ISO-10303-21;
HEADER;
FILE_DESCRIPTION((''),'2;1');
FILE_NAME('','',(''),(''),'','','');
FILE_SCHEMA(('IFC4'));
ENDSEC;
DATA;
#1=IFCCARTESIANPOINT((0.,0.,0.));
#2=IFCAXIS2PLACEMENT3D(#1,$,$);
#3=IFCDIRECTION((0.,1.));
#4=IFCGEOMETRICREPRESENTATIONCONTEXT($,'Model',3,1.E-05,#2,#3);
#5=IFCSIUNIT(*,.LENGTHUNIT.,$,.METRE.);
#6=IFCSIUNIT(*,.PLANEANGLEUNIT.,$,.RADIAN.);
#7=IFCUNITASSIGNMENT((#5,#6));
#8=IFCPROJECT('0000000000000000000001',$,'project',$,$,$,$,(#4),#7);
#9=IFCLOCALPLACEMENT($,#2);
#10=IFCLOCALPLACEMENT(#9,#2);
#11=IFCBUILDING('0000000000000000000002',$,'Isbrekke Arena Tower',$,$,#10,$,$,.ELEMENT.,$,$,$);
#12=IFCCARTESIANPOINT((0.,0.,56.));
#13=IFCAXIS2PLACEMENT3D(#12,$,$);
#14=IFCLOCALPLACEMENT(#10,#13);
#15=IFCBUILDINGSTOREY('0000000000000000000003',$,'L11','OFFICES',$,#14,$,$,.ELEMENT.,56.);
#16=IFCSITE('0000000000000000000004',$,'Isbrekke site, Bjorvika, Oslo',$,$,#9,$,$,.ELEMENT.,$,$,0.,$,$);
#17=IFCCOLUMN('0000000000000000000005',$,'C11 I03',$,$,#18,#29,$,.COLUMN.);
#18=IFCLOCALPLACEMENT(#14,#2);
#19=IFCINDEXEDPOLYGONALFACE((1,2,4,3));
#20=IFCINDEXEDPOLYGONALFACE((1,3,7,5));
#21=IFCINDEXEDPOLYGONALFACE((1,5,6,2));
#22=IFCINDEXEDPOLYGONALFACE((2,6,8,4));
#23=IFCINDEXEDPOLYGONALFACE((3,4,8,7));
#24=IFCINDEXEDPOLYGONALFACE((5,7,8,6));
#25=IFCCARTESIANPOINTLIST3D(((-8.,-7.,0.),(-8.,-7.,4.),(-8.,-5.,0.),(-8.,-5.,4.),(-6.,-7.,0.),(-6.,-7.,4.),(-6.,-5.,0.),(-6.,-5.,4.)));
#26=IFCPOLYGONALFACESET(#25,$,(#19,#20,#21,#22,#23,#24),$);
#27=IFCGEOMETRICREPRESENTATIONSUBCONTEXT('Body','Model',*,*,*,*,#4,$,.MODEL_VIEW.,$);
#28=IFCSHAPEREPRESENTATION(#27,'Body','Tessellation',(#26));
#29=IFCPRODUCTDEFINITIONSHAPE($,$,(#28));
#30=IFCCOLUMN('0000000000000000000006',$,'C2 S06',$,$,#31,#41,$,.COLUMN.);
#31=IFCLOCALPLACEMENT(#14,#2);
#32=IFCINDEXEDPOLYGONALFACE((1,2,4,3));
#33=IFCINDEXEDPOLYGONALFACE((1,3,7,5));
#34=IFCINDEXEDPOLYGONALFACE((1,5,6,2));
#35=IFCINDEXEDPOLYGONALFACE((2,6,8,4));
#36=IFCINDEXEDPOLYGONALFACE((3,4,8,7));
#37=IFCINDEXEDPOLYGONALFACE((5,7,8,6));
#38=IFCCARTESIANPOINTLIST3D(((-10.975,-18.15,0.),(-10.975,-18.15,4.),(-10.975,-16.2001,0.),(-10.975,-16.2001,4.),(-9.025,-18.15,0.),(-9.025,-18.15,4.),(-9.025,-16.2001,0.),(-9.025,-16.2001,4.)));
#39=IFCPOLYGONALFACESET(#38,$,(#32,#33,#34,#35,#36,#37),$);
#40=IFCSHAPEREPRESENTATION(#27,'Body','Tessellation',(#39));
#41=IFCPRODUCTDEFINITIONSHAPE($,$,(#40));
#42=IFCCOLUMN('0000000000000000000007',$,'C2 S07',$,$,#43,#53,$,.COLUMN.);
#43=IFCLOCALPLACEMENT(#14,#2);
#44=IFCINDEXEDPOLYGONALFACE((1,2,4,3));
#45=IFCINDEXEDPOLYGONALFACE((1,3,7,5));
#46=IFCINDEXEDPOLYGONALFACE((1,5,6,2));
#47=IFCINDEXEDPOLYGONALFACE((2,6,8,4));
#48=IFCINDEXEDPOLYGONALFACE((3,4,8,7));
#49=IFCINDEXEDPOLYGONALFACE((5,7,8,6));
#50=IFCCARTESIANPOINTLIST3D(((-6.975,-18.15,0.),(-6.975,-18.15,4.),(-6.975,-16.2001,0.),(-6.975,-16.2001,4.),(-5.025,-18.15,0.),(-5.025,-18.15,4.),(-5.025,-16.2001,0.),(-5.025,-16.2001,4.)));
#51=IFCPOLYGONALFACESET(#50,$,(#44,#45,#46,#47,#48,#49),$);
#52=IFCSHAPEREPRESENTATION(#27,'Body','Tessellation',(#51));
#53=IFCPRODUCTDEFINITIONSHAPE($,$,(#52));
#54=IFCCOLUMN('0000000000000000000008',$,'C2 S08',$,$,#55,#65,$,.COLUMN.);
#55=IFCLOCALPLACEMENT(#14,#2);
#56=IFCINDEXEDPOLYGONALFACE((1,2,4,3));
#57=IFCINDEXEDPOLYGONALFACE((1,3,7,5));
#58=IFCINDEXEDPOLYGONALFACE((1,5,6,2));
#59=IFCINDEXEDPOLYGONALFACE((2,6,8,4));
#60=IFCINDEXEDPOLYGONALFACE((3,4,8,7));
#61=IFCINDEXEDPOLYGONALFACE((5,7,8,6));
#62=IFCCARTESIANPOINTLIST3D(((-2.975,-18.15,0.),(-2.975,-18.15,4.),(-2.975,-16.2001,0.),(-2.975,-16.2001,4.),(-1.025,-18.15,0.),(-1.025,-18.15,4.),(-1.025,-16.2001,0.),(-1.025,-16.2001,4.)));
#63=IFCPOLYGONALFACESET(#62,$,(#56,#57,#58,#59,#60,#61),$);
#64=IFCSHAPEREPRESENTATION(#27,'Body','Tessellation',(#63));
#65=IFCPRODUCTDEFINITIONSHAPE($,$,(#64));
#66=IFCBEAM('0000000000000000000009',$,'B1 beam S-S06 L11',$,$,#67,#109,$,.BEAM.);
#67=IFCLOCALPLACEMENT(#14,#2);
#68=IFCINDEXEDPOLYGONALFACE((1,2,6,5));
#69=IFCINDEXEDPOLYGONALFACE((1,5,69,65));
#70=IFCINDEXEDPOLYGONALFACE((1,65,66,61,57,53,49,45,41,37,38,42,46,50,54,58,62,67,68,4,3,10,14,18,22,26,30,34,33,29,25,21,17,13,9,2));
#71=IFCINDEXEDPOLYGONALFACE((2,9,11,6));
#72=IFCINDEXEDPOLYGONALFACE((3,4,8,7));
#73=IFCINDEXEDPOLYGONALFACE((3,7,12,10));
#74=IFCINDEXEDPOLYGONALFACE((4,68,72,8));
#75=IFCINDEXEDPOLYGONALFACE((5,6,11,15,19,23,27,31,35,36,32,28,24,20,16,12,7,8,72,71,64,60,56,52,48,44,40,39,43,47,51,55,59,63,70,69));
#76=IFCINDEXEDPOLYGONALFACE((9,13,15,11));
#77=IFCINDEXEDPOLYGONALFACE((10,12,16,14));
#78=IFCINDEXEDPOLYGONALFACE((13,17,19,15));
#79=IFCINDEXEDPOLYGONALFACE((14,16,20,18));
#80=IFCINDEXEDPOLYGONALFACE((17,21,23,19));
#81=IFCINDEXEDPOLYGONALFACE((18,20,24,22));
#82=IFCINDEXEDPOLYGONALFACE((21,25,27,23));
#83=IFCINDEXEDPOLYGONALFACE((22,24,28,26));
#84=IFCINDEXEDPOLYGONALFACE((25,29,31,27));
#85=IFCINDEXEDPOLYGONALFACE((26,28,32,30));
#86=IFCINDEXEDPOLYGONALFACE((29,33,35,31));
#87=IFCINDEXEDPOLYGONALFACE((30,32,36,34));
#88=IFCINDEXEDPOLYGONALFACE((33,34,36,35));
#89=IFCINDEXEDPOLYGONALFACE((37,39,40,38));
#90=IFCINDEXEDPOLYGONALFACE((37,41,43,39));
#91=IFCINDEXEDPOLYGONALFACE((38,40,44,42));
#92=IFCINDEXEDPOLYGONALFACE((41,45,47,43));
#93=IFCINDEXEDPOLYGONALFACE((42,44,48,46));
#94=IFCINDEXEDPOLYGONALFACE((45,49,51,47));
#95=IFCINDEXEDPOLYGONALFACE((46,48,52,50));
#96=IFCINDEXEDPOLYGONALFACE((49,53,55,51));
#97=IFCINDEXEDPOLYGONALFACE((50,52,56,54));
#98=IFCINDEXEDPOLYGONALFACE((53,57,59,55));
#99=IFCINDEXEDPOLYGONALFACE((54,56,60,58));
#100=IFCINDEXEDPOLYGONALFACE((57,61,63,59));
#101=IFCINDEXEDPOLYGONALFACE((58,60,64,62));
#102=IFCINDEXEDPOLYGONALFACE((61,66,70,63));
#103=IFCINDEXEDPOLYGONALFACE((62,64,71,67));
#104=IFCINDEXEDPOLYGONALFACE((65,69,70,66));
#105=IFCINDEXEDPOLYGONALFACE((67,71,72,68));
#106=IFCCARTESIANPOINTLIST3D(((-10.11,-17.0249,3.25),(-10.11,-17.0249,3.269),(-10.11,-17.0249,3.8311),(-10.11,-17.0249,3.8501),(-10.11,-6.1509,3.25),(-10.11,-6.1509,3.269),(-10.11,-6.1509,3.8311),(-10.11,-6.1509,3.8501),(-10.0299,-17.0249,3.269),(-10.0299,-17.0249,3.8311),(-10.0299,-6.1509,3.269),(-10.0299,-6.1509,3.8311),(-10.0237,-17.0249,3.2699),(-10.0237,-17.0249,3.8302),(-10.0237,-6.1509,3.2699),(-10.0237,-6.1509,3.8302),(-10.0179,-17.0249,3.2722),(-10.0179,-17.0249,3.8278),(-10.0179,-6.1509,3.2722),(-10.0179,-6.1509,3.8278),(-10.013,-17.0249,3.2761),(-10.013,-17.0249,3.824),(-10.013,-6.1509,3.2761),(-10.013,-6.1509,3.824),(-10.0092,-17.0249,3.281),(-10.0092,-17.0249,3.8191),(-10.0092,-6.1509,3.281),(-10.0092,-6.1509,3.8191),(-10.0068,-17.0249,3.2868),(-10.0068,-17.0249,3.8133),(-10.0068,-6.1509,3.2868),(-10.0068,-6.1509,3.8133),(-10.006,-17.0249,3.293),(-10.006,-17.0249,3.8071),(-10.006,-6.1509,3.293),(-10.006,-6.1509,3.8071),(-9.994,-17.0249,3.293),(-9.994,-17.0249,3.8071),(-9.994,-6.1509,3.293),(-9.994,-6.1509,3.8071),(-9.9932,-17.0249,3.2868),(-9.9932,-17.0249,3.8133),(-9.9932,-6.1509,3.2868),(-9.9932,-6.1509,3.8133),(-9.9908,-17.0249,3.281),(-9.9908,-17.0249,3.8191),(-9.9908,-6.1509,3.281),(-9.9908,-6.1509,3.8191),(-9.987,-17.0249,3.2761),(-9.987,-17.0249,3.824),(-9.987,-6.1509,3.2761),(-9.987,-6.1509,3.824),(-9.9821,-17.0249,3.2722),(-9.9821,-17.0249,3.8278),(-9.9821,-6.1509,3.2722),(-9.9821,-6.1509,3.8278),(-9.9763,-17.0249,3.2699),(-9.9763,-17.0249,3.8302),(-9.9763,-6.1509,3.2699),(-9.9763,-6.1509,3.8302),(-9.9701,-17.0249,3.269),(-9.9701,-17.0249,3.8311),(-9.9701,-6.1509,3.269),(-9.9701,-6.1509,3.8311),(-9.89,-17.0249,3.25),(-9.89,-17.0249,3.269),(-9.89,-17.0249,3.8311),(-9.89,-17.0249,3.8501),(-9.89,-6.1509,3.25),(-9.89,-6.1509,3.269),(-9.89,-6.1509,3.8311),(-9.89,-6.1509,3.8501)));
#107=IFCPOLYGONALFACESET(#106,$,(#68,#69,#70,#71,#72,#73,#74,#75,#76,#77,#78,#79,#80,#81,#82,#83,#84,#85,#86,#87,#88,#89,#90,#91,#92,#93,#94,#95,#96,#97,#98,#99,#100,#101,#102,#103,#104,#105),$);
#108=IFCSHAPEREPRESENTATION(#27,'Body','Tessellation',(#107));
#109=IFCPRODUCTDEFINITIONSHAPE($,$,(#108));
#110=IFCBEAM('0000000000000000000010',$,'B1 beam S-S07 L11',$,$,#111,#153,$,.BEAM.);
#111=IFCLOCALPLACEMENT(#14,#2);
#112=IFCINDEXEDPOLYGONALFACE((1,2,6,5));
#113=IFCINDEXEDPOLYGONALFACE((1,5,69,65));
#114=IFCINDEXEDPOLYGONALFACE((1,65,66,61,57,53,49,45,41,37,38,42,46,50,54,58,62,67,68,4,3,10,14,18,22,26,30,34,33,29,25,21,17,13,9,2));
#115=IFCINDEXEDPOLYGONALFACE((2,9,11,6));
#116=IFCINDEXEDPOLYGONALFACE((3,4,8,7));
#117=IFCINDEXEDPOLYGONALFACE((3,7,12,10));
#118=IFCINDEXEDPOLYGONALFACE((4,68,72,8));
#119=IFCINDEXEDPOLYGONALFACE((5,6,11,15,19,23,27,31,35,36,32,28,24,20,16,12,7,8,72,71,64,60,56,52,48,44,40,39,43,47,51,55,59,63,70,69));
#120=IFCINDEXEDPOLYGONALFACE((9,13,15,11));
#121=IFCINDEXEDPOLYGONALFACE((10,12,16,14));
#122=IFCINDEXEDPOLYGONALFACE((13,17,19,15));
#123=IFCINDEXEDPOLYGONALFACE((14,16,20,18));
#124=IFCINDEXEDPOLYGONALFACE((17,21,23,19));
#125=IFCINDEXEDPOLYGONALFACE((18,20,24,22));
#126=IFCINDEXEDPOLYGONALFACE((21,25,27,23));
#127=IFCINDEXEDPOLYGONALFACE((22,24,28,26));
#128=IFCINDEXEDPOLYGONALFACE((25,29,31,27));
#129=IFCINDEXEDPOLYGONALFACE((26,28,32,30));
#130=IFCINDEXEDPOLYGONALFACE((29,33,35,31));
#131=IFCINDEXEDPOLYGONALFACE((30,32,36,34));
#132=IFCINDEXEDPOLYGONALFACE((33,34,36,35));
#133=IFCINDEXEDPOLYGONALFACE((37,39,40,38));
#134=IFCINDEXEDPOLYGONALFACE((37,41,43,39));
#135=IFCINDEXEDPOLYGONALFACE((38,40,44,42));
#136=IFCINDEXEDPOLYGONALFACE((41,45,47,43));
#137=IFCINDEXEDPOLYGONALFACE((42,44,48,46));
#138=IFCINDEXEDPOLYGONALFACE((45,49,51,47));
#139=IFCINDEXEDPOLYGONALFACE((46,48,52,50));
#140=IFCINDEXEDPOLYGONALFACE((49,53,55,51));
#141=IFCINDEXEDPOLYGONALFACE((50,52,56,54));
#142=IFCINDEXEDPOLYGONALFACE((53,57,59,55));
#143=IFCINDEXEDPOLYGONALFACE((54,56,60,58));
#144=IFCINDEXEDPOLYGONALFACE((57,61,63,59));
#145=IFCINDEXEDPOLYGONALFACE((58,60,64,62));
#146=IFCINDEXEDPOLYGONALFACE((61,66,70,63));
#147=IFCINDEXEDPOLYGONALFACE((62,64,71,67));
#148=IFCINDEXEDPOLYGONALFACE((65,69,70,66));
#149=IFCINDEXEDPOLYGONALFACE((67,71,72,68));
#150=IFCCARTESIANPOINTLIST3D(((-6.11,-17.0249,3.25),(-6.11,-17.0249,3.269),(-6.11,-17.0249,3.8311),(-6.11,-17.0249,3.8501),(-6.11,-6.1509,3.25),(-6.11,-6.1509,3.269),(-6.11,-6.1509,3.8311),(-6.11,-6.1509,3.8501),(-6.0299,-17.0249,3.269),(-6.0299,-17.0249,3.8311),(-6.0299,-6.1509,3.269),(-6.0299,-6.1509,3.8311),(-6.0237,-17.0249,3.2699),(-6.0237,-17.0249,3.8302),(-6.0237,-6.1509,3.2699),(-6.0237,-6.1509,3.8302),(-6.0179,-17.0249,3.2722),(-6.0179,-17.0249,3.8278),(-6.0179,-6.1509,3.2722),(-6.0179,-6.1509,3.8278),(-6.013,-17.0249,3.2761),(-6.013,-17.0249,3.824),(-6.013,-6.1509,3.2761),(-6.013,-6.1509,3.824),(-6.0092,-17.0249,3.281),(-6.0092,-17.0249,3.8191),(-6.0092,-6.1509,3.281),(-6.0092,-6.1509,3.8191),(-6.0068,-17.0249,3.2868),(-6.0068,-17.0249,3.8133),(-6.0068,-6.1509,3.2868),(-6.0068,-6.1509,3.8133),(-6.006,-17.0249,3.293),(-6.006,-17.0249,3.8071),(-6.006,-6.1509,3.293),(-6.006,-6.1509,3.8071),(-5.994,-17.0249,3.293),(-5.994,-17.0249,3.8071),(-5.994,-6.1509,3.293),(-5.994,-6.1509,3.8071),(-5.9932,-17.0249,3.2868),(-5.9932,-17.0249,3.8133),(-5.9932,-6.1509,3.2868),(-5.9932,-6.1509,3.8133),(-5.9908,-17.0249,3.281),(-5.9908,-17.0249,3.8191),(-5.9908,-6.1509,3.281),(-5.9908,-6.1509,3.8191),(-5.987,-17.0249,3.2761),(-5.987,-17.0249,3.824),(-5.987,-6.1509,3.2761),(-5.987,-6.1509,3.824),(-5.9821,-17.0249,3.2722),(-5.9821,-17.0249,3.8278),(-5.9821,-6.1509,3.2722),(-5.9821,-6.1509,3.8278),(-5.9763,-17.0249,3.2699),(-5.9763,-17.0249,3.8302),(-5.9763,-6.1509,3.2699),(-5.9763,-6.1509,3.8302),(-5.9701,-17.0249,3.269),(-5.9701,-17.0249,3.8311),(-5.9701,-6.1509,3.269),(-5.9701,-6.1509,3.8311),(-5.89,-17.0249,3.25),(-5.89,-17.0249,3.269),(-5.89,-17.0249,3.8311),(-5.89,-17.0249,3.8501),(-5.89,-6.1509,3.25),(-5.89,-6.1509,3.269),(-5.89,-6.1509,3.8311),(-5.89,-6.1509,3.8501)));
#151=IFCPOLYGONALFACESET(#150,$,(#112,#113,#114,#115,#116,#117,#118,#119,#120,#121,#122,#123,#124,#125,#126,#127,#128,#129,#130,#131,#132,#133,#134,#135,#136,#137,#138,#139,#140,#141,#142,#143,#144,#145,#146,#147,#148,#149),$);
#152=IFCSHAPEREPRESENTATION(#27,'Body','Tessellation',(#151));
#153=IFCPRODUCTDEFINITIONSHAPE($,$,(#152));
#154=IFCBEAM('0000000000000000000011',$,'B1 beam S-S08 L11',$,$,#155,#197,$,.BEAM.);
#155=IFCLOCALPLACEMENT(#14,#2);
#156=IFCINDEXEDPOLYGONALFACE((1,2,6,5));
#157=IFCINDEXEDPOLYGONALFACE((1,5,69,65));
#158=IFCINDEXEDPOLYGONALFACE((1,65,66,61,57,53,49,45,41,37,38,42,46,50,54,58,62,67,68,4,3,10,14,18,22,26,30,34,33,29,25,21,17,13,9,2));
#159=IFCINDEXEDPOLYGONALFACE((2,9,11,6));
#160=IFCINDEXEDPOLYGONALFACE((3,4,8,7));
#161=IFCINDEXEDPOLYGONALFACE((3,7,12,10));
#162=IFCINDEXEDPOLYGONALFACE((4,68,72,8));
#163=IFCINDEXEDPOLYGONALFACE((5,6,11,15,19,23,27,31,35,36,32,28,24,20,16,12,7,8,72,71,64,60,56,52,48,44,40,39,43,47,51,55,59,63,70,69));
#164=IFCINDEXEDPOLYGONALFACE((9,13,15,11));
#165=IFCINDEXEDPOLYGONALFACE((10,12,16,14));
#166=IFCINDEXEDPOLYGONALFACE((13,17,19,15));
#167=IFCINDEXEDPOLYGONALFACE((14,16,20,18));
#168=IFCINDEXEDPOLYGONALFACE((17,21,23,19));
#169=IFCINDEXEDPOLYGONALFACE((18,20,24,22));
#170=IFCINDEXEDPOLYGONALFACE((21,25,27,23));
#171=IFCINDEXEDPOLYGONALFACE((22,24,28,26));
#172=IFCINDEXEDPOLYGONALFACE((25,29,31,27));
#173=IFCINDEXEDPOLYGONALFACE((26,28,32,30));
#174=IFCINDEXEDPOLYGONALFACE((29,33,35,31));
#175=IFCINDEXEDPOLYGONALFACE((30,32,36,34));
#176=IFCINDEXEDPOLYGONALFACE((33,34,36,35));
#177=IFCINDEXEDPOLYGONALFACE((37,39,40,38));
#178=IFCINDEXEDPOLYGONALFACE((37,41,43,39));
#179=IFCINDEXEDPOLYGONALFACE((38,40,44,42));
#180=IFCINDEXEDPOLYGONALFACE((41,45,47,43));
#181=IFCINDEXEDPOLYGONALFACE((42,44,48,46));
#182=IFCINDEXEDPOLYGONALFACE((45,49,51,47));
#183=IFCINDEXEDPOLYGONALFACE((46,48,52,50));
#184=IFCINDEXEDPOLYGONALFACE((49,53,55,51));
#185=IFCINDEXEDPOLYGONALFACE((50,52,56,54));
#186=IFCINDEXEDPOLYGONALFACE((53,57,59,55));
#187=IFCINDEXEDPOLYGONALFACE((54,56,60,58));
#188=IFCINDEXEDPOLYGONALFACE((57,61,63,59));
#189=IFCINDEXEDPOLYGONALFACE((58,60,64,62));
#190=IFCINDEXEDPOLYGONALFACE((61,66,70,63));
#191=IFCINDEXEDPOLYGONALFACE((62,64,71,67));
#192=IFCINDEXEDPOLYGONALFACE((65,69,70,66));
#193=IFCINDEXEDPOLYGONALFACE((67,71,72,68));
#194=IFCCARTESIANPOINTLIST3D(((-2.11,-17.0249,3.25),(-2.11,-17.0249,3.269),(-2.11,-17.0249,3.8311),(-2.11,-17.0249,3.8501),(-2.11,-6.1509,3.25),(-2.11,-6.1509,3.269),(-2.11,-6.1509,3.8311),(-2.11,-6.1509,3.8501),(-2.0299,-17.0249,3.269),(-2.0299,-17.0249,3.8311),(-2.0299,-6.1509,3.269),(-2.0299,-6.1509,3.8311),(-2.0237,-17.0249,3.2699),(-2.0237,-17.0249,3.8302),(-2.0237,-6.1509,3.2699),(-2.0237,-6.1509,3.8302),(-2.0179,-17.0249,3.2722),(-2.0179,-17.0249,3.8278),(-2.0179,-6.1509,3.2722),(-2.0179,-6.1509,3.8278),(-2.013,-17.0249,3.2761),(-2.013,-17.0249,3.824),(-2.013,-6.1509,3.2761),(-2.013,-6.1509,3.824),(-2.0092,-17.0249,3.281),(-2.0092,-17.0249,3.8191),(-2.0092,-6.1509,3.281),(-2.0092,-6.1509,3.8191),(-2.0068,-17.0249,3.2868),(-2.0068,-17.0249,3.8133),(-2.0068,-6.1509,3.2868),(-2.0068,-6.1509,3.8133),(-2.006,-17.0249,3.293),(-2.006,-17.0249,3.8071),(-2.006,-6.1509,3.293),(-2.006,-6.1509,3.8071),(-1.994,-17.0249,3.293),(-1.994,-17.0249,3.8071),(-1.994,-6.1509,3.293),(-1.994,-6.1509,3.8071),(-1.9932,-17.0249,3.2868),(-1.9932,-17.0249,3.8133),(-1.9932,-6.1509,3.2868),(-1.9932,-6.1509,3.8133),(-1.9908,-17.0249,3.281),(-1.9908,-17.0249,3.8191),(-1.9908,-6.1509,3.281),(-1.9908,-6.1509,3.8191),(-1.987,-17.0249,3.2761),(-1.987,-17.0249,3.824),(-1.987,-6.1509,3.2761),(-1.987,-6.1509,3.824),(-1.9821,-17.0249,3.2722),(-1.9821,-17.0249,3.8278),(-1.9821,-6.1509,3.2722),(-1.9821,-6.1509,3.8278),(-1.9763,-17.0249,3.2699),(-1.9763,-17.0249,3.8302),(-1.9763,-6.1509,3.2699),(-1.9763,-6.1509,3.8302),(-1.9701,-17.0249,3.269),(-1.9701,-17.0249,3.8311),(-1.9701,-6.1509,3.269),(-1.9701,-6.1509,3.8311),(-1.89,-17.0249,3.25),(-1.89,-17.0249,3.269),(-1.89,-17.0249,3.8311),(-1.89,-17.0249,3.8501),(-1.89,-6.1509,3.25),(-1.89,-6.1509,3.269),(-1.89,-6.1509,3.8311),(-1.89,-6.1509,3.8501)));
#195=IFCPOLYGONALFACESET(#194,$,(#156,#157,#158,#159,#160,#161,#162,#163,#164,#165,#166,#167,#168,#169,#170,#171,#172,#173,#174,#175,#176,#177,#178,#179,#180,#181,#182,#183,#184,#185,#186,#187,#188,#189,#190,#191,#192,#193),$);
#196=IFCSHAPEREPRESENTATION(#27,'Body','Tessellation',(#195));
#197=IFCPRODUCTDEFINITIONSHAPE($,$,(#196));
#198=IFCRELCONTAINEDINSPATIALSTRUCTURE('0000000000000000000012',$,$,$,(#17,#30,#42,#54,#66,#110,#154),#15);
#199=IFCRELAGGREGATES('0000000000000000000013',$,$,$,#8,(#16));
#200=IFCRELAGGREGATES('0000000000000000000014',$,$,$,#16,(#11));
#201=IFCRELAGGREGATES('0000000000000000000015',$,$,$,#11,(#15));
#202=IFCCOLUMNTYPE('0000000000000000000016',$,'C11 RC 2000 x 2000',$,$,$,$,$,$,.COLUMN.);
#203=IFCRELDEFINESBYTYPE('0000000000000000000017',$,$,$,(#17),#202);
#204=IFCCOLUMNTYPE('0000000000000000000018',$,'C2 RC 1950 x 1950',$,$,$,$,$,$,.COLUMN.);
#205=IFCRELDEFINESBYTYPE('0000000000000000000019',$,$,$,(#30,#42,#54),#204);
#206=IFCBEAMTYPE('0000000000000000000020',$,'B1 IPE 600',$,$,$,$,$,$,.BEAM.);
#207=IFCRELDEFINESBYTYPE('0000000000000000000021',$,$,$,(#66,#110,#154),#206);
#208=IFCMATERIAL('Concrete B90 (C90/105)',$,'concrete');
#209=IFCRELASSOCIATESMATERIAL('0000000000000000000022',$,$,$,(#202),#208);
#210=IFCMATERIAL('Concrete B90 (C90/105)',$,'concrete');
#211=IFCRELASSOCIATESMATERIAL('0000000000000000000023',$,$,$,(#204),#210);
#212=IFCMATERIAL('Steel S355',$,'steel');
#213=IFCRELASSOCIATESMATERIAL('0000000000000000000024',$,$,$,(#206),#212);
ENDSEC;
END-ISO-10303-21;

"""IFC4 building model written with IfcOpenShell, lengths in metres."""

from ifc_helpers import new_model, si_unit, direction, frame, origin, origin_2d, place, context, subcontext, project, spatial, rectangle, i_section, extrude, material, material_profile, profile_set, type_object, element, save


model = new_model("IFC4")

# Units and contexts
model_context = context("Model", 3, precision=1e-05, world=origin(), true_north=direction((0.0, 1.0)))
body_context = subcontext(model_context, "Body", "Model", "MODEL_VIEW")
ifc_project = project(units=[si_unit("LENGTHUNIT", "METRE"), si_unit("PLANEANGLEUNIT", "RADIAN")], contexts=[model_context])

# Site, building, storey
site_placement = place(None, origin())
site = spatial("IfcSite", under=ifc_project, at=site_placement, Name="Isbrekke site, Bjorvika, Oslo", CompositionType="ELEMENT", RefElevation=0.0)
building_placement = place(site_placement, origin())
building = spatial("IfcBuilding", under=site, at=building_placement, Name="Isbrekke Arena Tower", CompositionType="ELEMENT")
storey_placement = place(building_placement, frame((0.0, 0.0, 56.0)))
storey = spatial("IfcBuildingStorey", under=building, at=storey_placement, Name="L11", Description="OFFICES", CompositionType="ELEMENT", Elevation=56.0)

# Columns
ifc_material_1 = material(Name="Concrete B90 (C90/105)", Category="concrete")
ifc_material_profile_1 = material_profile(ifc_material_1, rectangle(XDim=2.0, YDim=2.0, at=origin_2d()), Name="RC 2000x2000")
ifc_profile_set_1 = profile_set([ifc_material_profile_1], Name="Concrete B90 (C90/105)")
column_type_1 = type_object("IfcColumnType", Name="C11 RC 2000 x 2000", PredefinedType="COLUMN", material=ifc_profile_set_1)
column_placement = place(storey_placement, frame((-7.0, -6.0, 0.0), z_axis=(0.0, 0.0, 1.0), x_axis=(1.0, 0.0, 0.0)))
element("IfcColumn", 1, at=column_placement, inside=storey, type_object=column_type_1, Name="C11 I03", PredefinedType="COLUMN", context=body_context, shape_type="SweptSolid", body=[
    extrude(rectangle(XDim=2.0, YDim=2.0, at=origin_2d()), origin(), (0.0, 0.0, 1.0), 4.0),
])
ifc_material_2 = material(Name="Concrete B90 (C90/105)", Category="concrete")
ifc_material_profile_2 = material_profile(ifc_material_2, rectangle(XDim=1.95, YDim=1.95, at=origin_2d()), Name="RC 1950x1950")
ifc_profile_set_2 = profile_set([ifc_material_profile_2], Name="Concrete B90 (C90/105)")
column_type_2 = type_object("IfcColumnType", Name="C2 RC 1950 x 1950", PredefinedType="COLUMN", material=ifc_profile_set_2)
for number, where, z_axis, x_axis, name in (
    (2, (-10.0, -17.175, 0.0), (0.0, 0.0, 1.0), (1.0, 0.0, 0.0), "C2 S06"),
    (3, (-6.0, -17.175, 0.0), (0.0, 0.0, 1.0), (1.0, 0.0, 0.0), "C2 S07"),
    (4, (-2.0, -17.175, 0.0), (0.0, 0.0, 1.0), (1.0, 0.0, 0.0), "C2 S08"),
):
    element("IfcColumn", number, at=place(storey_placement, frame(where, z_axis=z_axis, x_axis=x_axis)), inside=storey, type_object=column_type_2, Name=name, PredefinedType="COLUMN", context=body_context, shape_type="SweptSolid", body=[
        extrude(rectangle(XDim=1.95, YDim=1.95, at=origin_2d()), origin(), (0.0, 0.0, 1.0), 4.0),
    ])

# Beams
ifc_material_3 = material(Name="Steel S355", Category="steel")
ifc_material_profile_3 = material_profile(ifc_material_3, i_section(OverallWidth=0.22, OverallDepth=0.6001, WebThickness=0.012, FlangeThickness=0.019, FilletRadius=0.0239, at=origin_2d()), Name="IPE 600")
ifc_profile_set_3 = profile_set([ifc_material_profile_3], Name="Steel S355")
beam_type_1 = type_object("IfcBeamType", Name="B1 IPE 600", PredefinedType="BEAM", material=ifc_profile_set_3)
for number, where, z_axis, x_axis, name in (
    (5, (-10.0, -17.0249, 3.55), (0.0, 1.0, 0.0), (-1.0, 0.0, 0.0), "B1 beam S-S06 L11"),
    (6, (-6.0, -17.0249, 3.55), (0.0, 1.0, 0.0), (-1.0, 0.0, 0.0), "B1 beam S-S07 L11"),
    (7, (-2.0, -17.0249, 3.55), (0.0, 1.0, 0.0), (-1.0, 0.0, 0.0), "B1 beam S-S08 L11"),
):
    element("IfcBeam", number, at=place(storey_placement, frame(where, z_axis=z_axis, x_axis=x_axis)), inside=storey, type_object=beam_type_1, Name=name, PredefinedType="BEAM", context=body_context, shape_type="SweptSolid", body=[
        extrude(i_section(OverallWidth=0.22, OverallDepth=0.6001, WebThickness=0.012, FlangeThickness=0.019, FilletRadius=0.0239, at=origin_2d()), origin(), (0.0, 0.0, 1.0), 10.874),
    ])

save(model, "model.ifc")
